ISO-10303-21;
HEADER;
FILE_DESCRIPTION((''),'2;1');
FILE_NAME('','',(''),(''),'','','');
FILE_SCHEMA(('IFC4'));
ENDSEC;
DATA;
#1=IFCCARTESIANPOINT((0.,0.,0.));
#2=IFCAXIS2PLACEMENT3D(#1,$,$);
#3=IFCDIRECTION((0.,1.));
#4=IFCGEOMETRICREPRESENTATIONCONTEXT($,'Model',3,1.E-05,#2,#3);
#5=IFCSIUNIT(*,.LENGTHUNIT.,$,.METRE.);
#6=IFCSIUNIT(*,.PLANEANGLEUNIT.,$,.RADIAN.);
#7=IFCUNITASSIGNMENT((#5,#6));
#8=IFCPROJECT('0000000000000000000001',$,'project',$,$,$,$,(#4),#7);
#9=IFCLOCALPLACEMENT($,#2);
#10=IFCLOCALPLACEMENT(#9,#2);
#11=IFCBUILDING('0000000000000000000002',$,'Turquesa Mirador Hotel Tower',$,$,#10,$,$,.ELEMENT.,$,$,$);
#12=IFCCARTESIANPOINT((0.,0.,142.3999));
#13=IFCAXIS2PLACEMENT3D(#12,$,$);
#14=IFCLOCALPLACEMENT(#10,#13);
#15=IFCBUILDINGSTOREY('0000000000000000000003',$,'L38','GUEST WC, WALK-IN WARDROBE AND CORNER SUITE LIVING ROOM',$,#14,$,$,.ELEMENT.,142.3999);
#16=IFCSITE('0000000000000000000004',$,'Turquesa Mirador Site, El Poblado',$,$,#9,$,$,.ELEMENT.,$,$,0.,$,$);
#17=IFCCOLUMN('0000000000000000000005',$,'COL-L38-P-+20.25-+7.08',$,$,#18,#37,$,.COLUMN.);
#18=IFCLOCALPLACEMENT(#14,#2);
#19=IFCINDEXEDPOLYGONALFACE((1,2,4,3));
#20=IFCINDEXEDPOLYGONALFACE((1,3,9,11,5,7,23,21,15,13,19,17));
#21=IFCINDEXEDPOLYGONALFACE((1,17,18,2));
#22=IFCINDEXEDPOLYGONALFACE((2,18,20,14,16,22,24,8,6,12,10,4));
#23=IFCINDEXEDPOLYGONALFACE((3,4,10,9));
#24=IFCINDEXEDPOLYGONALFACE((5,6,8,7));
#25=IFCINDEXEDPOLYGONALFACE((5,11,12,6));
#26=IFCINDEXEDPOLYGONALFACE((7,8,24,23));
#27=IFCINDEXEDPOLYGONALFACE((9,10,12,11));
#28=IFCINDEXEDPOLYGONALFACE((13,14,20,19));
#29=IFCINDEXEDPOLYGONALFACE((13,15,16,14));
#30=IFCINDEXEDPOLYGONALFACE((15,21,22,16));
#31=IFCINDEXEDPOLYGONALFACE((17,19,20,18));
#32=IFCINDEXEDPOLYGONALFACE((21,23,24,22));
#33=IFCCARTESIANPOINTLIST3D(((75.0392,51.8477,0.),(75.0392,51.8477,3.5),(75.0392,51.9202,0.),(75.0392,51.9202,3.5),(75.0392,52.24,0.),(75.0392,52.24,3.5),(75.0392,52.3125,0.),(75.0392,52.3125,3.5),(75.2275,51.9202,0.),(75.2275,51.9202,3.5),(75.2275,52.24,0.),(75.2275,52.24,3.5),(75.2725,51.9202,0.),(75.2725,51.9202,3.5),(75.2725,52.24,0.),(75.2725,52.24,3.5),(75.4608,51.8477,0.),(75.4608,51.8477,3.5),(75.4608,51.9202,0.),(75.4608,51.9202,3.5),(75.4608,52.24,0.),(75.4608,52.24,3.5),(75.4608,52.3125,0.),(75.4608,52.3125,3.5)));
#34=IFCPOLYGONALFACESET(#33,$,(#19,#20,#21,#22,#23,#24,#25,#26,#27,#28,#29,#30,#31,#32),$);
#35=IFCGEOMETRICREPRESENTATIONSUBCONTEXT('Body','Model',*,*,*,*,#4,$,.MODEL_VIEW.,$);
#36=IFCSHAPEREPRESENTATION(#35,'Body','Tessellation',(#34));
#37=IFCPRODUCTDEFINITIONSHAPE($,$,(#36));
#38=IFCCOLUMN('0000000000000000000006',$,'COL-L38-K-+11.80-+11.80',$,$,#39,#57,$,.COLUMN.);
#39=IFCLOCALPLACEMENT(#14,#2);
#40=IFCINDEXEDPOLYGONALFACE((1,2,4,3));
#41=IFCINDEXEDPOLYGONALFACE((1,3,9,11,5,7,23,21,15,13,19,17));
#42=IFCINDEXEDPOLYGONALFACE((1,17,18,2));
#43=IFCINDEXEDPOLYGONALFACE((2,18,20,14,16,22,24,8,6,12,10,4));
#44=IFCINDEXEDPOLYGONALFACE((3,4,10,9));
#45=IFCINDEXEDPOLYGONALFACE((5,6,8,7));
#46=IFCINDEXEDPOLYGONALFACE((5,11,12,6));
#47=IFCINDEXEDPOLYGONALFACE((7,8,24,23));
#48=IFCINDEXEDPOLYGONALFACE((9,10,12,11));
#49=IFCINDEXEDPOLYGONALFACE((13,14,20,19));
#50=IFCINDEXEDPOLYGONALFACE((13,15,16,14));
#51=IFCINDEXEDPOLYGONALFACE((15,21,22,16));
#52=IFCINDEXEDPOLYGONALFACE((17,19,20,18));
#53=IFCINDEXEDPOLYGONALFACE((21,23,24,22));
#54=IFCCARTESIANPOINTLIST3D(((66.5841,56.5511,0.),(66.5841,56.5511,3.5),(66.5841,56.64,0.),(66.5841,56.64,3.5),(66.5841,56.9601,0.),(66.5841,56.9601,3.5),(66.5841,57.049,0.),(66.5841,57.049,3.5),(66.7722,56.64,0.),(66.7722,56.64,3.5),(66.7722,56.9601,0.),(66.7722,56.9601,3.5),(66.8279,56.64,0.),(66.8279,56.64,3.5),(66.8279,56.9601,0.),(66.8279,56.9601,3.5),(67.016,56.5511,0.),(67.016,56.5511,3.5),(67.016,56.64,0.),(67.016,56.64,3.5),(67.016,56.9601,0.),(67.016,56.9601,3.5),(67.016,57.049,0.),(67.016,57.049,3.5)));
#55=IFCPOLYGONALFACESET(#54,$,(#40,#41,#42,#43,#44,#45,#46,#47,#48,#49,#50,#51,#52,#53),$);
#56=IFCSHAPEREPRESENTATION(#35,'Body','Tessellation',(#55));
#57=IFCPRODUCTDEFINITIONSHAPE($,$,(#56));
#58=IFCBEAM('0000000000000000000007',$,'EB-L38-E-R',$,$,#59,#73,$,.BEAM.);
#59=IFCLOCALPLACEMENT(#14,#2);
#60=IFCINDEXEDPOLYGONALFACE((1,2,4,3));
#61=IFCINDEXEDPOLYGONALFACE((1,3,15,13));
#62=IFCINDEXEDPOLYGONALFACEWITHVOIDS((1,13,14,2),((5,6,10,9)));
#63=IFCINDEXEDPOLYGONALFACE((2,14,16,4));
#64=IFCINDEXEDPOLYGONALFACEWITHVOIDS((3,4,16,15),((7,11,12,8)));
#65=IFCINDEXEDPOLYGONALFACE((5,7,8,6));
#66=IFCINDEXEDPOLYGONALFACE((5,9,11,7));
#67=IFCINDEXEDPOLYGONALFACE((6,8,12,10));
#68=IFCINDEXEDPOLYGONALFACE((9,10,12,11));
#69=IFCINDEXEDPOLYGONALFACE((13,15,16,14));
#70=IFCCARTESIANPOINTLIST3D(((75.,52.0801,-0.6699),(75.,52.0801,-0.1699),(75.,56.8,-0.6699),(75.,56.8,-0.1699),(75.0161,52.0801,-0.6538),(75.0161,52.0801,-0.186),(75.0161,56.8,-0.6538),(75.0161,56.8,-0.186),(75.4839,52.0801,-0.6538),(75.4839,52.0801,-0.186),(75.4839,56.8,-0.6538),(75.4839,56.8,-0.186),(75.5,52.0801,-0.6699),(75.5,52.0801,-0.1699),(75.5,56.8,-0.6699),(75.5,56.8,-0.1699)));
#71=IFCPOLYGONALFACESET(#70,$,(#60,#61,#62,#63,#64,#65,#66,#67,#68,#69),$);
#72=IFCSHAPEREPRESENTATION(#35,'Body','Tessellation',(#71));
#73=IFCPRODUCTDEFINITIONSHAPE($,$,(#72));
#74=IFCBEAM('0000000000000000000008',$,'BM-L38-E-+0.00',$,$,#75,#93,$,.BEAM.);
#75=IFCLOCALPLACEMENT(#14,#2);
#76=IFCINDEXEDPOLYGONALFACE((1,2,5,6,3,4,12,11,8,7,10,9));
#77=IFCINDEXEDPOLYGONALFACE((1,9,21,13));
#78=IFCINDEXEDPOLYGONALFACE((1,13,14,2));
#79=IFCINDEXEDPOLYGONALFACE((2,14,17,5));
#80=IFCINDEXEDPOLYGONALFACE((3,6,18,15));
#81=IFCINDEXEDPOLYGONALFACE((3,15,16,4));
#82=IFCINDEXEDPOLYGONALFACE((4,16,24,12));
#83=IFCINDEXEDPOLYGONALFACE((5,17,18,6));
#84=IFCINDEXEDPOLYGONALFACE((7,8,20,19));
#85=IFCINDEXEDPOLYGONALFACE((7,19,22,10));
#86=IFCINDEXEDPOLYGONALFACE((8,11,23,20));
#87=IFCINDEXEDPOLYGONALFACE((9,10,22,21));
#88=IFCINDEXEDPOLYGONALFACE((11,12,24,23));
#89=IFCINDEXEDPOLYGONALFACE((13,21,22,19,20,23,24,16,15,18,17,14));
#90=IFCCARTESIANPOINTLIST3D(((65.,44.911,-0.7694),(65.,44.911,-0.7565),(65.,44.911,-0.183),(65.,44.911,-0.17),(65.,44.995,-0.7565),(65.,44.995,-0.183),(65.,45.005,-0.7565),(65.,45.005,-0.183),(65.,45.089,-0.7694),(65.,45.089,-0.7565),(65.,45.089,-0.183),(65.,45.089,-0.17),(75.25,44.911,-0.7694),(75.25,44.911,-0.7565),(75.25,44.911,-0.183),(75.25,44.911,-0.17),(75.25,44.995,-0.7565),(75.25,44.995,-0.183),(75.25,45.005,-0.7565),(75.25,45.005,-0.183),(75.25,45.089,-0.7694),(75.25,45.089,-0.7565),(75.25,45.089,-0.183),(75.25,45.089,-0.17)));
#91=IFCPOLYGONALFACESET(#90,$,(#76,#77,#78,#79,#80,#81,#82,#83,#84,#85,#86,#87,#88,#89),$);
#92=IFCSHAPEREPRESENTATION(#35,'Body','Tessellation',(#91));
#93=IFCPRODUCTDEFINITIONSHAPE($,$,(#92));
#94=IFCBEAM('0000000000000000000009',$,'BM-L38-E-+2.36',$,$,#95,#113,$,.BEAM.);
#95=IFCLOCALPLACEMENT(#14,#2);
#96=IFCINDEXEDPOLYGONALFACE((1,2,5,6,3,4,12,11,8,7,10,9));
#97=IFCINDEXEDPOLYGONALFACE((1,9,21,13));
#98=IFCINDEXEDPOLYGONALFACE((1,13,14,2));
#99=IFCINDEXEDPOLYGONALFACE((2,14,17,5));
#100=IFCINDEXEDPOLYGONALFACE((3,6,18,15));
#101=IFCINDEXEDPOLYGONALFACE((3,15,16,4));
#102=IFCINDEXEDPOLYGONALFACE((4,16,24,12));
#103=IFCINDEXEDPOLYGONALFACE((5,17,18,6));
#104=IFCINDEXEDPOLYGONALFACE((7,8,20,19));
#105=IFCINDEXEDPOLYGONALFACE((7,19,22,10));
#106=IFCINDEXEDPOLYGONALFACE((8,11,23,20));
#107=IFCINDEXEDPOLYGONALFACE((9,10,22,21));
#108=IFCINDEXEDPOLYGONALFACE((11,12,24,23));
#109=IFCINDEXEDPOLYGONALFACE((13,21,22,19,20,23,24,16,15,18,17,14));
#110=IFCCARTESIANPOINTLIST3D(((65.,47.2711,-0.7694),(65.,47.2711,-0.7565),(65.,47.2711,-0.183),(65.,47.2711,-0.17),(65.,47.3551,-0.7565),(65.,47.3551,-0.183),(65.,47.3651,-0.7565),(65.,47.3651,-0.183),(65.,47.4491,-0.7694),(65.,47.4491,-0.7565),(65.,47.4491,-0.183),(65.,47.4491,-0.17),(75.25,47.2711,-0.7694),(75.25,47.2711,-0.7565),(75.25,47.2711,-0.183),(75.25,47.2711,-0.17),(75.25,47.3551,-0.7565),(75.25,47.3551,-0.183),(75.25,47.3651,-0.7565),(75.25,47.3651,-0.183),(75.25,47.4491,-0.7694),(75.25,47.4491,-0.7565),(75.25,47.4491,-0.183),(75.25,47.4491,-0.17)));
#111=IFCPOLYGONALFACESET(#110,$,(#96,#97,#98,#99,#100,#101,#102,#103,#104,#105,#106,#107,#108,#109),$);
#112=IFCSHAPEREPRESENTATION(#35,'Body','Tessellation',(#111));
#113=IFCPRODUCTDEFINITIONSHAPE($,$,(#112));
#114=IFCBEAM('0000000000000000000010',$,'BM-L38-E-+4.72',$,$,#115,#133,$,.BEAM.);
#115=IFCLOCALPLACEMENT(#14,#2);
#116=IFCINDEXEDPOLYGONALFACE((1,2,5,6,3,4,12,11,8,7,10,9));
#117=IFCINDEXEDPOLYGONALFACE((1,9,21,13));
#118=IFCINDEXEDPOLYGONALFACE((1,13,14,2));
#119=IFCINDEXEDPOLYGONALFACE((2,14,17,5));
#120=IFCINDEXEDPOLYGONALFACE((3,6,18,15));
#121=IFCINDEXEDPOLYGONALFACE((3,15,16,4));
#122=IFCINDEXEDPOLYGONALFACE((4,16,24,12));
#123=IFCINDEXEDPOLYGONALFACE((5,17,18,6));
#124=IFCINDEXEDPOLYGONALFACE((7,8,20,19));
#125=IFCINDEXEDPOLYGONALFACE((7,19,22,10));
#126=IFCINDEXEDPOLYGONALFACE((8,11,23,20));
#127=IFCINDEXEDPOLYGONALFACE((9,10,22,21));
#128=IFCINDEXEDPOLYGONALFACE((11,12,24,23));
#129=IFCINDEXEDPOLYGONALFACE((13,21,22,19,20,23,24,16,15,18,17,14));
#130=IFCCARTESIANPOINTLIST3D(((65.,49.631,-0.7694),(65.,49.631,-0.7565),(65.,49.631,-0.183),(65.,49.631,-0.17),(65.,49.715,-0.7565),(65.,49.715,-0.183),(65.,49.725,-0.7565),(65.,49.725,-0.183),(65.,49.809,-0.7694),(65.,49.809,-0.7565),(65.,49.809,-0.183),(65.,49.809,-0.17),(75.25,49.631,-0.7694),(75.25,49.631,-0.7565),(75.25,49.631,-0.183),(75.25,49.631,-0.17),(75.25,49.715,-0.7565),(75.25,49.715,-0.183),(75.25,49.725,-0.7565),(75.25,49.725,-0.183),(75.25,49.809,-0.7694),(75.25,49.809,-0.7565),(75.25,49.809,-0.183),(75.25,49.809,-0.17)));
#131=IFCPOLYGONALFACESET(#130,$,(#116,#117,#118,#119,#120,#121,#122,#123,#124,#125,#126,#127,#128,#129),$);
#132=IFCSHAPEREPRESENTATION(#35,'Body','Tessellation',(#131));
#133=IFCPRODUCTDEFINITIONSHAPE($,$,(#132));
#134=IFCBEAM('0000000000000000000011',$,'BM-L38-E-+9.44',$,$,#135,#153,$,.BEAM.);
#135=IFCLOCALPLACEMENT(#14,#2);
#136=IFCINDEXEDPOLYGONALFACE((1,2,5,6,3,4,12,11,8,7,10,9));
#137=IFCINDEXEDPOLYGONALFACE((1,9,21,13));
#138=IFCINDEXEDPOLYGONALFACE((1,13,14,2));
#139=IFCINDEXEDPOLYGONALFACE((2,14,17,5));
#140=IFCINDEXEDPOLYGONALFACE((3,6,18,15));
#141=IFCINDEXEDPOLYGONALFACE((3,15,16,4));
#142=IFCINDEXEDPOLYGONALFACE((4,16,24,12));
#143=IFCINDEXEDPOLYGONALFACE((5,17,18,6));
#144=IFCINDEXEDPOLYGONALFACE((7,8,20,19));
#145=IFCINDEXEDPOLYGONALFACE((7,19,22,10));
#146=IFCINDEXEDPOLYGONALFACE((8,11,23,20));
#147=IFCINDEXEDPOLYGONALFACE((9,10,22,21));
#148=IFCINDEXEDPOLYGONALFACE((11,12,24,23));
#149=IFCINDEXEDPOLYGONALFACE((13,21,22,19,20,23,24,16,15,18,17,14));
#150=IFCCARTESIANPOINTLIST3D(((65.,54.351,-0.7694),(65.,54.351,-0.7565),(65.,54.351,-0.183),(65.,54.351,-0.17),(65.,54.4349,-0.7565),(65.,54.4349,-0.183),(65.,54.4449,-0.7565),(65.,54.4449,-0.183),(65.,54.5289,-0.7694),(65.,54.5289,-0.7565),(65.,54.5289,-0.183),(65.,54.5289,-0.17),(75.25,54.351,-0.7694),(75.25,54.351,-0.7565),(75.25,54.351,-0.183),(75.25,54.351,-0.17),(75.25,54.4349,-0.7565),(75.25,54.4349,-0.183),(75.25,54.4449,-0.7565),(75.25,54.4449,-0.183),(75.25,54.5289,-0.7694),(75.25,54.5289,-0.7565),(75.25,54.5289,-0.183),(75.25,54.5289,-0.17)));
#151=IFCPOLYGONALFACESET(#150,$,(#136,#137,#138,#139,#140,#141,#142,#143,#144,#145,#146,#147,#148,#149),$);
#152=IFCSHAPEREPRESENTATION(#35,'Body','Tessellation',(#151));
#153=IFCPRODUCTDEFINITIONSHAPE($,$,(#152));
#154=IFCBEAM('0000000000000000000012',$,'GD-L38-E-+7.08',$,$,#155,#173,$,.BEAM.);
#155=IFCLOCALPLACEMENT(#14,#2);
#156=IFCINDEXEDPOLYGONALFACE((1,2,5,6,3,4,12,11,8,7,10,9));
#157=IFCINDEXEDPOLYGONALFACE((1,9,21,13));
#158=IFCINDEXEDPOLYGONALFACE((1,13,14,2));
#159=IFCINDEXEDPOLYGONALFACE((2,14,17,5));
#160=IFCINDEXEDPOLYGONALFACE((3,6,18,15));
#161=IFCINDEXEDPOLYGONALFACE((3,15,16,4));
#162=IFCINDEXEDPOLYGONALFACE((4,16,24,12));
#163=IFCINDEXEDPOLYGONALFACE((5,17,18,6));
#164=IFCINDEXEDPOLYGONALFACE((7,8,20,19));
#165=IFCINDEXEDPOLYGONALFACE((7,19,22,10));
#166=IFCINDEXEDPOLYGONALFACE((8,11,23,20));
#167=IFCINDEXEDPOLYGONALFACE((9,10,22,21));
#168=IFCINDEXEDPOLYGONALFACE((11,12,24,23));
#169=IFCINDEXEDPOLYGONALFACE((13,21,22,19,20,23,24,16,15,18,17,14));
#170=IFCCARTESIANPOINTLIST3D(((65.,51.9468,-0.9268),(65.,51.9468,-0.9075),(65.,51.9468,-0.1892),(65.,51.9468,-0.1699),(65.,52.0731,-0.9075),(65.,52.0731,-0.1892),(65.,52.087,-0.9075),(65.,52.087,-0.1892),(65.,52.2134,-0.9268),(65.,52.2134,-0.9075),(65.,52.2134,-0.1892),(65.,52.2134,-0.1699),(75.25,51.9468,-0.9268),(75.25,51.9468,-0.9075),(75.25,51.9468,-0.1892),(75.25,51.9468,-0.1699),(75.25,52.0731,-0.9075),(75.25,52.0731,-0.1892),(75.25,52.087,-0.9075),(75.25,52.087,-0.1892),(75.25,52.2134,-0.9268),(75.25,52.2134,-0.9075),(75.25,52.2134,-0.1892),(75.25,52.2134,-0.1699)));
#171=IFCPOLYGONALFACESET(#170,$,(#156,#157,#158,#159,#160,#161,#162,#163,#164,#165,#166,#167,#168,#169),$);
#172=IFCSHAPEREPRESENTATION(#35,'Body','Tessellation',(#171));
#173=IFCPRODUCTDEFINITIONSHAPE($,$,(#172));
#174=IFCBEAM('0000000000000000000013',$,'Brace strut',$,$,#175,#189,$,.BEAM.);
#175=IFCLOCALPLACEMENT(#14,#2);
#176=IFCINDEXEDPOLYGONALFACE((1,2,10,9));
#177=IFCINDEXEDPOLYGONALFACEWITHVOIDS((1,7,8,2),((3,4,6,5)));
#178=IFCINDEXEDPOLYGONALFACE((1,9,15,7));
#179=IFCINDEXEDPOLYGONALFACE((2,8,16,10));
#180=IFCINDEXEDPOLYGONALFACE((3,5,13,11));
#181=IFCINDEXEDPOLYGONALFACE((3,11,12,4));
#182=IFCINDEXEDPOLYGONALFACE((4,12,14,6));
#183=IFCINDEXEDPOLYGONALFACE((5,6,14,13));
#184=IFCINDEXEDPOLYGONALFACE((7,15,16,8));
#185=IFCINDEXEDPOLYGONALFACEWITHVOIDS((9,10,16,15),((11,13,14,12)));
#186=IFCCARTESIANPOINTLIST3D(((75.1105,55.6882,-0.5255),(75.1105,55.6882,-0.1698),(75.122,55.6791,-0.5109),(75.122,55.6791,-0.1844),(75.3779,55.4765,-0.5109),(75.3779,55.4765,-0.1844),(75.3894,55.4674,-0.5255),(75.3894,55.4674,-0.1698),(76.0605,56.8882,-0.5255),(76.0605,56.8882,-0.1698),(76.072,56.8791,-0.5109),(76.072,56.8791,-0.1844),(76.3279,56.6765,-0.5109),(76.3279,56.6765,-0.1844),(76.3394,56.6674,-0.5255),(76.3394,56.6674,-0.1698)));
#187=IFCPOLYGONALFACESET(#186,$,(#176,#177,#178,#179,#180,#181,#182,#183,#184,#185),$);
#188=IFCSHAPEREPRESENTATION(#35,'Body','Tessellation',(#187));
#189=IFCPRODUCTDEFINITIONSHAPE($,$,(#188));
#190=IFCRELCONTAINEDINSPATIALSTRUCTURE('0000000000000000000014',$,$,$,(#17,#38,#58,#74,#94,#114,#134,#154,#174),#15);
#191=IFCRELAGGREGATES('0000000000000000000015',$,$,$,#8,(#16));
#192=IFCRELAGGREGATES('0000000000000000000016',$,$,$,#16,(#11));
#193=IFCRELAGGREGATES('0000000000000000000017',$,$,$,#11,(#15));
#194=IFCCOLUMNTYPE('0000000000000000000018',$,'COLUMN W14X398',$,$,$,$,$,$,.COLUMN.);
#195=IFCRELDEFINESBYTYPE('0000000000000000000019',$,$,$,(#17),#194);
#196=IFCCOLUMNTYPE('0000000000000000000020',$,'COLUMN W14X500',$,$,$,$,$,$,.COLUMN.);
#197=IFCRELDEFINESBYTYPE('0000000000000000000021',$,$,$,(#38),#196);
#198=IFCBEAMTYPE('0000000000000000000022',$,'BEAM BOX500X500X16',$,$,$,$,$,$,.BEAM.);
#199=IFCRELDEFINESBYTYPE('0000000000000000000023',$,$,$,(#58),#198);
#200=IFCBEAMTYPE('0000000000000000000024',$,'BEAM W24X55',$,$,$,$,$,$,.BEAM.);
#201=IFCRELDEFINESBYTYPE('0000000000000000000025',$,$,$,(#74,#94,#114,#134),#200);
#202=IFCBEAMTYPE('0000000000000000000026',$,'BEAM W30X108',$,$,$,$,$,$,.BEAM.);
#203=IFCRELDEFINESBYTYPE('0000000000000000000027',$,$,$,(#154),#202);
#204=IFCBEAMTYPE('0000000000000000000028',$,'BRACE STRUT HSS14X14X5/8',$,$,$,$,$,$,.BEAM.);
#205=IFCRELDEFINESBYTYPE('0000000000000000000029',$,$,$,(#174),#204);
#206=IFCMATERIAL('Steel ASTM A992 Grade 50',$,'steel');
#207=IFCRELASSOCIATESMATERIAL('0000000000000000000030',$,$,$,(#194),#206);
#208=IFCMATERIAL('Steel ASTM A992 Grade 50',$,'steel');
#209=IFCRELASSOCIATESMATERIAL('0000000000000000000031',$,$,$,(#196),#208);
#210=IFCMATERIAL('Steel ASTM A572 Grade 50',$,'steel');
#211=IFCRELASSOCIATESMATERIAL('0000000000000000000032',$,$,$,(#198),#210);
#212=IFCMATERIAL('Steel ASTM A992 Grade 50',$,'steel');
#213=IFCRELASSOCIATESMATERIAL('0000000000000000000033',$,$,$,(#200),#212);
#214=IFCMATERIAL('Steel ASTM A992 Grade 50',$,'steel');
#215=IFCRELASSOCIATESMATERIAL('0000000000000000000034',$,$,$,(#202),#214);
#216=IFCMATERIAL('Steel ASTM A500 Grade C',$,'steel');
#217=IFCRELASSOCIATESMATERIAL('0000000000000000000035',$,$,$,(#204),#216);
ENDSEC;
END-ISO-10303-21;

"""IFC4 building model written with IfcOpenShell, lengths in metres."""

from ifc_helpers import new_model, si_unit, direction, frame, origin, origin_2d, place, context, subcontext, project, spatial, hollow_rectangle, i_section, extrude, material, material_profile, profile_set, type_object, element, save


model = new_model("IFC4")

# Units and contexts
model_context = context("Model", 3, precision=1e-05, world=origin(), true_north=direction((0.0, 1.0)))
body_context = subcontext(model_context, "Body", "Model", "MODEL_VIEW")
ifc_project = project(units=[si_unit("LENGTHUNIT", "METRE"), si_unit("PLANEANGLEUNIT", "RADIAN")], contexts=[model_context])

# Site, building, storey
site_placement = place(None, origin())
site = spatial("IfcSite", under=ifc_project, at=site_placement, Name="Turquesa Mirador Site, El Poblado", CompositionType="ELEMENT", RefElevation=0.0)
building_placement = place(site_placement, origin())
building = spatial("IfcBuilding", under=site, at=building_placement, Name="Turquesa Mirador Hotel Tower", CompositionType="ELEMENT")
storey_placement = place(building_placement, frame((0.0, 0.0, 142.3999)))
storey = spatial("IfcBuildingStorey", under=building, at=storey_placement, Name="L38", Description="GUEST WC, WALK-IN WARDROBE AND CORNER SUITE LIVING ROOM", CompositionType="ELEMENT", Elevation=142.3999)

# Columns
ifc_material_1 = material(Name="Steel ASTM A992 Grade 50", Category="steel")
ifc_material_profile_1 = material_profile(ifc_material_1, i_section(OverallWidth=0.4216, OverallDepth=0.4648, WebThickness=0.0449, FlangeThickness=0.0725, at=origin_2d()), Name="W14X398")
ifc_profile_set_1 = profile_set([ifc_material_profile_1], Name="Steel ASTM A992 Grade 50")
column_type_1 = type_object("IfcColumnType", Name="COLUMN W14X398", PredefinedType="COLUMN", material=ifc_profile_set_1)
column_1_placement = place(storey_placement, frame((75.25, 52.0801, 0.0), z_axis=(0.0, 0.0, 1.0), x_axis=(1.0, 0.0, 0.0)))
element("IfcColumn", 1, at=column_1_placement, inside=storey, type_object=column_type_1, Name="COL-L38-P-+20.25-+7.08", PredefinedType="COLUMN", context=body_context, shape_type="SweptSolid", body=[
    extrude(i_section(OverallWidth=0.4216, OverallDepth=0.4648, WebThickness=0.0449, FlangeThickness=0.0725, at=origin_2d()), origin(), (0.0, 0.0, 1.0), 3.5),
])
ifc_material_2 = material(Name="Steel ASTM A992 Grade 50", Category="steel")
ifc_material_profile_2 = material_profile(ifc_material_2, i_section(OverallWidth=0.4319, OverallDepth=0.4978, WebThickness=0.0557, FlangeThickness=0.0889, at=origin_2d()), Name="W14X500")
ifc_profile_set_2 = profile_set([ifc_material_profile_2], Name="Steel ASTM A992 Grade 50")
column_type_2 = type_object("IfcColumnType", Name="COLUMN W14X500", PredefinedType="COLUMN", material=ifc_profile_set_2)
column_2_placement = place(storey_placement, frame((66.8, 56.8, 0.0), z_axis=(0.0, 0.0, 1.0), x_axis=(1.0, 0.0, 0.0)))
element("IfcColumn", 2, at=column_2_placement, inside=storey, type_object=column_type_2, Name="COL-L38-K-+11.80-+11.80", PredefinedType="COLUMN", context=body_context, shape_type="SweptSolid", body=[
    extrude(i_section(OverallWidth=0.4319, OverallDepth=0.4978, WebThickness=0.0557, FlangeThickness=0.0889, at=origin_2d()), origin(), (0.0, 0.0, 1.0), 3.5),
])

# Beams
ifc_material_3 = material(Name="Steel ASTM A572 Grade 50", Category="steel")
ifc_material_profile_3 = material_profile(ifc_material_3, hollow_rectangle(XDim=0.5, YDim=0.5, WallThickness=0.0161, at=origin_2d()), Name="BOX500X500X16")
ifc_profile_set_3 = profile_set([ifc_material_profile_3], Name="Steel ASTM A572 Grade 50")
beam_type_1 = type_object("IfcBeamType", Name="BEAM BOX500X500X16", PredefinedType="BEAM", material=ifc_profile_set_3)
beam_1_placement = place(storey_placement, frame((75.25, 52.0801, -0.4199), z_axis=(0.0, 1.0, 0.0), x_axis=(-1.0, 0.0, 0.0)))
element("IfcBeam", 3, at=beam_1_placement, inside=storey, type_object=beam_type_1, Name="EB-L38-E-R", PredefinedType="BEAM", context=body_context, shape_type="SweptSolid", body=[
    extrude(hollow_rectangle(XDim=0.5, YDim=0.5, WallThickness=0.0161, at=origin_2d()), origin(), (0.0, 0.0, 1.0), 4.72),
])
ifc_material_4 = material(Name="Steel ASTM A992 Grade 50", Category="steel")
ifc_material_profile_4 = material_profile(ifc_material_4, i_section(OverallWidth=0.178, OverallDepth=0.5994, WebThickness=0.01, FlangeThickness=0.0129, at=origin_2d()), Name="W24X55")
ifc_profile_set_4 = profile_set([ifc_material_profile_4], Name="Steel ASTM A992 Grade 50")
beam_type_2 = type_object("IfcBeamType", Name="BEAM W24X55", PredefinedType="BEAM", material=ifc_profile_set_4)
for number, where, z_axis, x_axis, name in (
    (4, (75.25, 45.0, -0.4697), (-1.0, 0.0, 0.0), (0.0, -1.0, 0.0), "BM-L38-E-+0.00"),
    (5, (75.25, 47.3601, -0.4697), (-1.0, 0.0, 0.0), (0.0, -1.0, 0.0), "BM-L38-E-+2.36"),
    (6, (75.25, 49.72, -0.4697), (-1.0, 0.0, 0.0), (0.0, -1.0, 0.0), "BM-L38-E-+4.72"),
    (7, (75.25, 54.4399, -0.4697), (-1.0, 0.0, 0.0), (0.0, -1.0, 0.0), "BM-L38-E-+9.44"),
):
    element("IfcBeam", number, at=place(storey_placement, frame(where, z_axis=z_axis, x_axis=x_axis)), inside=storey, type_object=beam_type_2, Name=name, PredefinedType="BEAM", context=body_context, shape_type="SweptSolid", body=[
        extrude(i_section(OverallWidth=0.178, OverallDepth=0.5994, WebThickness=0.01, FlangeThickness=0.0129, at=origin_2d()), origin(), (0.0, 0.0, 1.0), 10.25),
    ])
ifc_material_5 = material(Name="Steel ASTM A992 Grade 50", Category="steel")
ifc_material_profile_5 = material_profile(ifc_material_5, i_section(OverallWidth=0.2666, OverallDepth=0.7568, WebThickness=0.0139, FlangeThickness=0.0193, at=origin_2d()), Name="W30X108")
ifc_profile_set_5 = profile_set([ifc_material_profile_5], Name="Steel ASTM A992 Grade 50")
beam_type_3 = type_object("IfcBeamType", Name="BEAM W30X108", PredefinedType="BEAM", material=ifc_profile_set_5)
beam_2_placement = place(storey_placement, frame((75.25, 52.0801, -0.5483), z_axis=(-1.0, 0.0, 0.0), x_axis=(0.0, -1.0, 0.0)))
element("IfcBeam", 8, at=beam_2_placement, inside=storey, type_object=beam_type_3, Name="GD-L38-E-+7.08", PredefinedType="BEAM", context=body_context, shape_type="SweptSolid", body=[
    extrude(i_section(OverallWidth=0.2666, OverallDepth=0.7568, WebThickness=0.0139, FlangeThickness=0.0193, at=origin_2d()), origin(), (0.0, 0.0, 1.0), 10.25),
])
ifc_material_6 = material(Name="Steel ASTM A500 Grade C", Category="steel")
ifc_material_profile_6 = material_profile(ifc_material_6, hollow_rectangle(XDim=0.3557, YDim=0.3557, WallThickness=0.0146, at=origin_2d()), Name="HSS14X14X5/8")
ifc_profile_set_6 = profile_set([ifc_material_profile_6], Name="Steel ASTM A500 Grade C")
beam_type_4 = type_object("IfcBeamType", Name="BRACE STRUT HSS14X14X5/8", PredefinedType="BEAM", material=ifc_profile_set_6)
beam_3_placement = place(storey_placement, frame((76.2, 56.7778, -0.3477), z_axis=(-0.620699, -0.784049, 0.0), x_axis=(0.784049, -0.620699, 0.0)))
element("IfcBeam", 9, at=beam_3_placement, inside=storey, type_object=beam_type_4, Name="Brace strut", PredefinedType="BEAM", context=body_context, shape_type="SweptSolid", body=[
    extrude(hollow_rectangle(XDim=0.3557, YDim=0.3557, WallThickness=0.0146, at=origin_2d()), origin(), (0.0, 0.0, 1.0), 1.5305),
])

save(model, "model.ifc")
